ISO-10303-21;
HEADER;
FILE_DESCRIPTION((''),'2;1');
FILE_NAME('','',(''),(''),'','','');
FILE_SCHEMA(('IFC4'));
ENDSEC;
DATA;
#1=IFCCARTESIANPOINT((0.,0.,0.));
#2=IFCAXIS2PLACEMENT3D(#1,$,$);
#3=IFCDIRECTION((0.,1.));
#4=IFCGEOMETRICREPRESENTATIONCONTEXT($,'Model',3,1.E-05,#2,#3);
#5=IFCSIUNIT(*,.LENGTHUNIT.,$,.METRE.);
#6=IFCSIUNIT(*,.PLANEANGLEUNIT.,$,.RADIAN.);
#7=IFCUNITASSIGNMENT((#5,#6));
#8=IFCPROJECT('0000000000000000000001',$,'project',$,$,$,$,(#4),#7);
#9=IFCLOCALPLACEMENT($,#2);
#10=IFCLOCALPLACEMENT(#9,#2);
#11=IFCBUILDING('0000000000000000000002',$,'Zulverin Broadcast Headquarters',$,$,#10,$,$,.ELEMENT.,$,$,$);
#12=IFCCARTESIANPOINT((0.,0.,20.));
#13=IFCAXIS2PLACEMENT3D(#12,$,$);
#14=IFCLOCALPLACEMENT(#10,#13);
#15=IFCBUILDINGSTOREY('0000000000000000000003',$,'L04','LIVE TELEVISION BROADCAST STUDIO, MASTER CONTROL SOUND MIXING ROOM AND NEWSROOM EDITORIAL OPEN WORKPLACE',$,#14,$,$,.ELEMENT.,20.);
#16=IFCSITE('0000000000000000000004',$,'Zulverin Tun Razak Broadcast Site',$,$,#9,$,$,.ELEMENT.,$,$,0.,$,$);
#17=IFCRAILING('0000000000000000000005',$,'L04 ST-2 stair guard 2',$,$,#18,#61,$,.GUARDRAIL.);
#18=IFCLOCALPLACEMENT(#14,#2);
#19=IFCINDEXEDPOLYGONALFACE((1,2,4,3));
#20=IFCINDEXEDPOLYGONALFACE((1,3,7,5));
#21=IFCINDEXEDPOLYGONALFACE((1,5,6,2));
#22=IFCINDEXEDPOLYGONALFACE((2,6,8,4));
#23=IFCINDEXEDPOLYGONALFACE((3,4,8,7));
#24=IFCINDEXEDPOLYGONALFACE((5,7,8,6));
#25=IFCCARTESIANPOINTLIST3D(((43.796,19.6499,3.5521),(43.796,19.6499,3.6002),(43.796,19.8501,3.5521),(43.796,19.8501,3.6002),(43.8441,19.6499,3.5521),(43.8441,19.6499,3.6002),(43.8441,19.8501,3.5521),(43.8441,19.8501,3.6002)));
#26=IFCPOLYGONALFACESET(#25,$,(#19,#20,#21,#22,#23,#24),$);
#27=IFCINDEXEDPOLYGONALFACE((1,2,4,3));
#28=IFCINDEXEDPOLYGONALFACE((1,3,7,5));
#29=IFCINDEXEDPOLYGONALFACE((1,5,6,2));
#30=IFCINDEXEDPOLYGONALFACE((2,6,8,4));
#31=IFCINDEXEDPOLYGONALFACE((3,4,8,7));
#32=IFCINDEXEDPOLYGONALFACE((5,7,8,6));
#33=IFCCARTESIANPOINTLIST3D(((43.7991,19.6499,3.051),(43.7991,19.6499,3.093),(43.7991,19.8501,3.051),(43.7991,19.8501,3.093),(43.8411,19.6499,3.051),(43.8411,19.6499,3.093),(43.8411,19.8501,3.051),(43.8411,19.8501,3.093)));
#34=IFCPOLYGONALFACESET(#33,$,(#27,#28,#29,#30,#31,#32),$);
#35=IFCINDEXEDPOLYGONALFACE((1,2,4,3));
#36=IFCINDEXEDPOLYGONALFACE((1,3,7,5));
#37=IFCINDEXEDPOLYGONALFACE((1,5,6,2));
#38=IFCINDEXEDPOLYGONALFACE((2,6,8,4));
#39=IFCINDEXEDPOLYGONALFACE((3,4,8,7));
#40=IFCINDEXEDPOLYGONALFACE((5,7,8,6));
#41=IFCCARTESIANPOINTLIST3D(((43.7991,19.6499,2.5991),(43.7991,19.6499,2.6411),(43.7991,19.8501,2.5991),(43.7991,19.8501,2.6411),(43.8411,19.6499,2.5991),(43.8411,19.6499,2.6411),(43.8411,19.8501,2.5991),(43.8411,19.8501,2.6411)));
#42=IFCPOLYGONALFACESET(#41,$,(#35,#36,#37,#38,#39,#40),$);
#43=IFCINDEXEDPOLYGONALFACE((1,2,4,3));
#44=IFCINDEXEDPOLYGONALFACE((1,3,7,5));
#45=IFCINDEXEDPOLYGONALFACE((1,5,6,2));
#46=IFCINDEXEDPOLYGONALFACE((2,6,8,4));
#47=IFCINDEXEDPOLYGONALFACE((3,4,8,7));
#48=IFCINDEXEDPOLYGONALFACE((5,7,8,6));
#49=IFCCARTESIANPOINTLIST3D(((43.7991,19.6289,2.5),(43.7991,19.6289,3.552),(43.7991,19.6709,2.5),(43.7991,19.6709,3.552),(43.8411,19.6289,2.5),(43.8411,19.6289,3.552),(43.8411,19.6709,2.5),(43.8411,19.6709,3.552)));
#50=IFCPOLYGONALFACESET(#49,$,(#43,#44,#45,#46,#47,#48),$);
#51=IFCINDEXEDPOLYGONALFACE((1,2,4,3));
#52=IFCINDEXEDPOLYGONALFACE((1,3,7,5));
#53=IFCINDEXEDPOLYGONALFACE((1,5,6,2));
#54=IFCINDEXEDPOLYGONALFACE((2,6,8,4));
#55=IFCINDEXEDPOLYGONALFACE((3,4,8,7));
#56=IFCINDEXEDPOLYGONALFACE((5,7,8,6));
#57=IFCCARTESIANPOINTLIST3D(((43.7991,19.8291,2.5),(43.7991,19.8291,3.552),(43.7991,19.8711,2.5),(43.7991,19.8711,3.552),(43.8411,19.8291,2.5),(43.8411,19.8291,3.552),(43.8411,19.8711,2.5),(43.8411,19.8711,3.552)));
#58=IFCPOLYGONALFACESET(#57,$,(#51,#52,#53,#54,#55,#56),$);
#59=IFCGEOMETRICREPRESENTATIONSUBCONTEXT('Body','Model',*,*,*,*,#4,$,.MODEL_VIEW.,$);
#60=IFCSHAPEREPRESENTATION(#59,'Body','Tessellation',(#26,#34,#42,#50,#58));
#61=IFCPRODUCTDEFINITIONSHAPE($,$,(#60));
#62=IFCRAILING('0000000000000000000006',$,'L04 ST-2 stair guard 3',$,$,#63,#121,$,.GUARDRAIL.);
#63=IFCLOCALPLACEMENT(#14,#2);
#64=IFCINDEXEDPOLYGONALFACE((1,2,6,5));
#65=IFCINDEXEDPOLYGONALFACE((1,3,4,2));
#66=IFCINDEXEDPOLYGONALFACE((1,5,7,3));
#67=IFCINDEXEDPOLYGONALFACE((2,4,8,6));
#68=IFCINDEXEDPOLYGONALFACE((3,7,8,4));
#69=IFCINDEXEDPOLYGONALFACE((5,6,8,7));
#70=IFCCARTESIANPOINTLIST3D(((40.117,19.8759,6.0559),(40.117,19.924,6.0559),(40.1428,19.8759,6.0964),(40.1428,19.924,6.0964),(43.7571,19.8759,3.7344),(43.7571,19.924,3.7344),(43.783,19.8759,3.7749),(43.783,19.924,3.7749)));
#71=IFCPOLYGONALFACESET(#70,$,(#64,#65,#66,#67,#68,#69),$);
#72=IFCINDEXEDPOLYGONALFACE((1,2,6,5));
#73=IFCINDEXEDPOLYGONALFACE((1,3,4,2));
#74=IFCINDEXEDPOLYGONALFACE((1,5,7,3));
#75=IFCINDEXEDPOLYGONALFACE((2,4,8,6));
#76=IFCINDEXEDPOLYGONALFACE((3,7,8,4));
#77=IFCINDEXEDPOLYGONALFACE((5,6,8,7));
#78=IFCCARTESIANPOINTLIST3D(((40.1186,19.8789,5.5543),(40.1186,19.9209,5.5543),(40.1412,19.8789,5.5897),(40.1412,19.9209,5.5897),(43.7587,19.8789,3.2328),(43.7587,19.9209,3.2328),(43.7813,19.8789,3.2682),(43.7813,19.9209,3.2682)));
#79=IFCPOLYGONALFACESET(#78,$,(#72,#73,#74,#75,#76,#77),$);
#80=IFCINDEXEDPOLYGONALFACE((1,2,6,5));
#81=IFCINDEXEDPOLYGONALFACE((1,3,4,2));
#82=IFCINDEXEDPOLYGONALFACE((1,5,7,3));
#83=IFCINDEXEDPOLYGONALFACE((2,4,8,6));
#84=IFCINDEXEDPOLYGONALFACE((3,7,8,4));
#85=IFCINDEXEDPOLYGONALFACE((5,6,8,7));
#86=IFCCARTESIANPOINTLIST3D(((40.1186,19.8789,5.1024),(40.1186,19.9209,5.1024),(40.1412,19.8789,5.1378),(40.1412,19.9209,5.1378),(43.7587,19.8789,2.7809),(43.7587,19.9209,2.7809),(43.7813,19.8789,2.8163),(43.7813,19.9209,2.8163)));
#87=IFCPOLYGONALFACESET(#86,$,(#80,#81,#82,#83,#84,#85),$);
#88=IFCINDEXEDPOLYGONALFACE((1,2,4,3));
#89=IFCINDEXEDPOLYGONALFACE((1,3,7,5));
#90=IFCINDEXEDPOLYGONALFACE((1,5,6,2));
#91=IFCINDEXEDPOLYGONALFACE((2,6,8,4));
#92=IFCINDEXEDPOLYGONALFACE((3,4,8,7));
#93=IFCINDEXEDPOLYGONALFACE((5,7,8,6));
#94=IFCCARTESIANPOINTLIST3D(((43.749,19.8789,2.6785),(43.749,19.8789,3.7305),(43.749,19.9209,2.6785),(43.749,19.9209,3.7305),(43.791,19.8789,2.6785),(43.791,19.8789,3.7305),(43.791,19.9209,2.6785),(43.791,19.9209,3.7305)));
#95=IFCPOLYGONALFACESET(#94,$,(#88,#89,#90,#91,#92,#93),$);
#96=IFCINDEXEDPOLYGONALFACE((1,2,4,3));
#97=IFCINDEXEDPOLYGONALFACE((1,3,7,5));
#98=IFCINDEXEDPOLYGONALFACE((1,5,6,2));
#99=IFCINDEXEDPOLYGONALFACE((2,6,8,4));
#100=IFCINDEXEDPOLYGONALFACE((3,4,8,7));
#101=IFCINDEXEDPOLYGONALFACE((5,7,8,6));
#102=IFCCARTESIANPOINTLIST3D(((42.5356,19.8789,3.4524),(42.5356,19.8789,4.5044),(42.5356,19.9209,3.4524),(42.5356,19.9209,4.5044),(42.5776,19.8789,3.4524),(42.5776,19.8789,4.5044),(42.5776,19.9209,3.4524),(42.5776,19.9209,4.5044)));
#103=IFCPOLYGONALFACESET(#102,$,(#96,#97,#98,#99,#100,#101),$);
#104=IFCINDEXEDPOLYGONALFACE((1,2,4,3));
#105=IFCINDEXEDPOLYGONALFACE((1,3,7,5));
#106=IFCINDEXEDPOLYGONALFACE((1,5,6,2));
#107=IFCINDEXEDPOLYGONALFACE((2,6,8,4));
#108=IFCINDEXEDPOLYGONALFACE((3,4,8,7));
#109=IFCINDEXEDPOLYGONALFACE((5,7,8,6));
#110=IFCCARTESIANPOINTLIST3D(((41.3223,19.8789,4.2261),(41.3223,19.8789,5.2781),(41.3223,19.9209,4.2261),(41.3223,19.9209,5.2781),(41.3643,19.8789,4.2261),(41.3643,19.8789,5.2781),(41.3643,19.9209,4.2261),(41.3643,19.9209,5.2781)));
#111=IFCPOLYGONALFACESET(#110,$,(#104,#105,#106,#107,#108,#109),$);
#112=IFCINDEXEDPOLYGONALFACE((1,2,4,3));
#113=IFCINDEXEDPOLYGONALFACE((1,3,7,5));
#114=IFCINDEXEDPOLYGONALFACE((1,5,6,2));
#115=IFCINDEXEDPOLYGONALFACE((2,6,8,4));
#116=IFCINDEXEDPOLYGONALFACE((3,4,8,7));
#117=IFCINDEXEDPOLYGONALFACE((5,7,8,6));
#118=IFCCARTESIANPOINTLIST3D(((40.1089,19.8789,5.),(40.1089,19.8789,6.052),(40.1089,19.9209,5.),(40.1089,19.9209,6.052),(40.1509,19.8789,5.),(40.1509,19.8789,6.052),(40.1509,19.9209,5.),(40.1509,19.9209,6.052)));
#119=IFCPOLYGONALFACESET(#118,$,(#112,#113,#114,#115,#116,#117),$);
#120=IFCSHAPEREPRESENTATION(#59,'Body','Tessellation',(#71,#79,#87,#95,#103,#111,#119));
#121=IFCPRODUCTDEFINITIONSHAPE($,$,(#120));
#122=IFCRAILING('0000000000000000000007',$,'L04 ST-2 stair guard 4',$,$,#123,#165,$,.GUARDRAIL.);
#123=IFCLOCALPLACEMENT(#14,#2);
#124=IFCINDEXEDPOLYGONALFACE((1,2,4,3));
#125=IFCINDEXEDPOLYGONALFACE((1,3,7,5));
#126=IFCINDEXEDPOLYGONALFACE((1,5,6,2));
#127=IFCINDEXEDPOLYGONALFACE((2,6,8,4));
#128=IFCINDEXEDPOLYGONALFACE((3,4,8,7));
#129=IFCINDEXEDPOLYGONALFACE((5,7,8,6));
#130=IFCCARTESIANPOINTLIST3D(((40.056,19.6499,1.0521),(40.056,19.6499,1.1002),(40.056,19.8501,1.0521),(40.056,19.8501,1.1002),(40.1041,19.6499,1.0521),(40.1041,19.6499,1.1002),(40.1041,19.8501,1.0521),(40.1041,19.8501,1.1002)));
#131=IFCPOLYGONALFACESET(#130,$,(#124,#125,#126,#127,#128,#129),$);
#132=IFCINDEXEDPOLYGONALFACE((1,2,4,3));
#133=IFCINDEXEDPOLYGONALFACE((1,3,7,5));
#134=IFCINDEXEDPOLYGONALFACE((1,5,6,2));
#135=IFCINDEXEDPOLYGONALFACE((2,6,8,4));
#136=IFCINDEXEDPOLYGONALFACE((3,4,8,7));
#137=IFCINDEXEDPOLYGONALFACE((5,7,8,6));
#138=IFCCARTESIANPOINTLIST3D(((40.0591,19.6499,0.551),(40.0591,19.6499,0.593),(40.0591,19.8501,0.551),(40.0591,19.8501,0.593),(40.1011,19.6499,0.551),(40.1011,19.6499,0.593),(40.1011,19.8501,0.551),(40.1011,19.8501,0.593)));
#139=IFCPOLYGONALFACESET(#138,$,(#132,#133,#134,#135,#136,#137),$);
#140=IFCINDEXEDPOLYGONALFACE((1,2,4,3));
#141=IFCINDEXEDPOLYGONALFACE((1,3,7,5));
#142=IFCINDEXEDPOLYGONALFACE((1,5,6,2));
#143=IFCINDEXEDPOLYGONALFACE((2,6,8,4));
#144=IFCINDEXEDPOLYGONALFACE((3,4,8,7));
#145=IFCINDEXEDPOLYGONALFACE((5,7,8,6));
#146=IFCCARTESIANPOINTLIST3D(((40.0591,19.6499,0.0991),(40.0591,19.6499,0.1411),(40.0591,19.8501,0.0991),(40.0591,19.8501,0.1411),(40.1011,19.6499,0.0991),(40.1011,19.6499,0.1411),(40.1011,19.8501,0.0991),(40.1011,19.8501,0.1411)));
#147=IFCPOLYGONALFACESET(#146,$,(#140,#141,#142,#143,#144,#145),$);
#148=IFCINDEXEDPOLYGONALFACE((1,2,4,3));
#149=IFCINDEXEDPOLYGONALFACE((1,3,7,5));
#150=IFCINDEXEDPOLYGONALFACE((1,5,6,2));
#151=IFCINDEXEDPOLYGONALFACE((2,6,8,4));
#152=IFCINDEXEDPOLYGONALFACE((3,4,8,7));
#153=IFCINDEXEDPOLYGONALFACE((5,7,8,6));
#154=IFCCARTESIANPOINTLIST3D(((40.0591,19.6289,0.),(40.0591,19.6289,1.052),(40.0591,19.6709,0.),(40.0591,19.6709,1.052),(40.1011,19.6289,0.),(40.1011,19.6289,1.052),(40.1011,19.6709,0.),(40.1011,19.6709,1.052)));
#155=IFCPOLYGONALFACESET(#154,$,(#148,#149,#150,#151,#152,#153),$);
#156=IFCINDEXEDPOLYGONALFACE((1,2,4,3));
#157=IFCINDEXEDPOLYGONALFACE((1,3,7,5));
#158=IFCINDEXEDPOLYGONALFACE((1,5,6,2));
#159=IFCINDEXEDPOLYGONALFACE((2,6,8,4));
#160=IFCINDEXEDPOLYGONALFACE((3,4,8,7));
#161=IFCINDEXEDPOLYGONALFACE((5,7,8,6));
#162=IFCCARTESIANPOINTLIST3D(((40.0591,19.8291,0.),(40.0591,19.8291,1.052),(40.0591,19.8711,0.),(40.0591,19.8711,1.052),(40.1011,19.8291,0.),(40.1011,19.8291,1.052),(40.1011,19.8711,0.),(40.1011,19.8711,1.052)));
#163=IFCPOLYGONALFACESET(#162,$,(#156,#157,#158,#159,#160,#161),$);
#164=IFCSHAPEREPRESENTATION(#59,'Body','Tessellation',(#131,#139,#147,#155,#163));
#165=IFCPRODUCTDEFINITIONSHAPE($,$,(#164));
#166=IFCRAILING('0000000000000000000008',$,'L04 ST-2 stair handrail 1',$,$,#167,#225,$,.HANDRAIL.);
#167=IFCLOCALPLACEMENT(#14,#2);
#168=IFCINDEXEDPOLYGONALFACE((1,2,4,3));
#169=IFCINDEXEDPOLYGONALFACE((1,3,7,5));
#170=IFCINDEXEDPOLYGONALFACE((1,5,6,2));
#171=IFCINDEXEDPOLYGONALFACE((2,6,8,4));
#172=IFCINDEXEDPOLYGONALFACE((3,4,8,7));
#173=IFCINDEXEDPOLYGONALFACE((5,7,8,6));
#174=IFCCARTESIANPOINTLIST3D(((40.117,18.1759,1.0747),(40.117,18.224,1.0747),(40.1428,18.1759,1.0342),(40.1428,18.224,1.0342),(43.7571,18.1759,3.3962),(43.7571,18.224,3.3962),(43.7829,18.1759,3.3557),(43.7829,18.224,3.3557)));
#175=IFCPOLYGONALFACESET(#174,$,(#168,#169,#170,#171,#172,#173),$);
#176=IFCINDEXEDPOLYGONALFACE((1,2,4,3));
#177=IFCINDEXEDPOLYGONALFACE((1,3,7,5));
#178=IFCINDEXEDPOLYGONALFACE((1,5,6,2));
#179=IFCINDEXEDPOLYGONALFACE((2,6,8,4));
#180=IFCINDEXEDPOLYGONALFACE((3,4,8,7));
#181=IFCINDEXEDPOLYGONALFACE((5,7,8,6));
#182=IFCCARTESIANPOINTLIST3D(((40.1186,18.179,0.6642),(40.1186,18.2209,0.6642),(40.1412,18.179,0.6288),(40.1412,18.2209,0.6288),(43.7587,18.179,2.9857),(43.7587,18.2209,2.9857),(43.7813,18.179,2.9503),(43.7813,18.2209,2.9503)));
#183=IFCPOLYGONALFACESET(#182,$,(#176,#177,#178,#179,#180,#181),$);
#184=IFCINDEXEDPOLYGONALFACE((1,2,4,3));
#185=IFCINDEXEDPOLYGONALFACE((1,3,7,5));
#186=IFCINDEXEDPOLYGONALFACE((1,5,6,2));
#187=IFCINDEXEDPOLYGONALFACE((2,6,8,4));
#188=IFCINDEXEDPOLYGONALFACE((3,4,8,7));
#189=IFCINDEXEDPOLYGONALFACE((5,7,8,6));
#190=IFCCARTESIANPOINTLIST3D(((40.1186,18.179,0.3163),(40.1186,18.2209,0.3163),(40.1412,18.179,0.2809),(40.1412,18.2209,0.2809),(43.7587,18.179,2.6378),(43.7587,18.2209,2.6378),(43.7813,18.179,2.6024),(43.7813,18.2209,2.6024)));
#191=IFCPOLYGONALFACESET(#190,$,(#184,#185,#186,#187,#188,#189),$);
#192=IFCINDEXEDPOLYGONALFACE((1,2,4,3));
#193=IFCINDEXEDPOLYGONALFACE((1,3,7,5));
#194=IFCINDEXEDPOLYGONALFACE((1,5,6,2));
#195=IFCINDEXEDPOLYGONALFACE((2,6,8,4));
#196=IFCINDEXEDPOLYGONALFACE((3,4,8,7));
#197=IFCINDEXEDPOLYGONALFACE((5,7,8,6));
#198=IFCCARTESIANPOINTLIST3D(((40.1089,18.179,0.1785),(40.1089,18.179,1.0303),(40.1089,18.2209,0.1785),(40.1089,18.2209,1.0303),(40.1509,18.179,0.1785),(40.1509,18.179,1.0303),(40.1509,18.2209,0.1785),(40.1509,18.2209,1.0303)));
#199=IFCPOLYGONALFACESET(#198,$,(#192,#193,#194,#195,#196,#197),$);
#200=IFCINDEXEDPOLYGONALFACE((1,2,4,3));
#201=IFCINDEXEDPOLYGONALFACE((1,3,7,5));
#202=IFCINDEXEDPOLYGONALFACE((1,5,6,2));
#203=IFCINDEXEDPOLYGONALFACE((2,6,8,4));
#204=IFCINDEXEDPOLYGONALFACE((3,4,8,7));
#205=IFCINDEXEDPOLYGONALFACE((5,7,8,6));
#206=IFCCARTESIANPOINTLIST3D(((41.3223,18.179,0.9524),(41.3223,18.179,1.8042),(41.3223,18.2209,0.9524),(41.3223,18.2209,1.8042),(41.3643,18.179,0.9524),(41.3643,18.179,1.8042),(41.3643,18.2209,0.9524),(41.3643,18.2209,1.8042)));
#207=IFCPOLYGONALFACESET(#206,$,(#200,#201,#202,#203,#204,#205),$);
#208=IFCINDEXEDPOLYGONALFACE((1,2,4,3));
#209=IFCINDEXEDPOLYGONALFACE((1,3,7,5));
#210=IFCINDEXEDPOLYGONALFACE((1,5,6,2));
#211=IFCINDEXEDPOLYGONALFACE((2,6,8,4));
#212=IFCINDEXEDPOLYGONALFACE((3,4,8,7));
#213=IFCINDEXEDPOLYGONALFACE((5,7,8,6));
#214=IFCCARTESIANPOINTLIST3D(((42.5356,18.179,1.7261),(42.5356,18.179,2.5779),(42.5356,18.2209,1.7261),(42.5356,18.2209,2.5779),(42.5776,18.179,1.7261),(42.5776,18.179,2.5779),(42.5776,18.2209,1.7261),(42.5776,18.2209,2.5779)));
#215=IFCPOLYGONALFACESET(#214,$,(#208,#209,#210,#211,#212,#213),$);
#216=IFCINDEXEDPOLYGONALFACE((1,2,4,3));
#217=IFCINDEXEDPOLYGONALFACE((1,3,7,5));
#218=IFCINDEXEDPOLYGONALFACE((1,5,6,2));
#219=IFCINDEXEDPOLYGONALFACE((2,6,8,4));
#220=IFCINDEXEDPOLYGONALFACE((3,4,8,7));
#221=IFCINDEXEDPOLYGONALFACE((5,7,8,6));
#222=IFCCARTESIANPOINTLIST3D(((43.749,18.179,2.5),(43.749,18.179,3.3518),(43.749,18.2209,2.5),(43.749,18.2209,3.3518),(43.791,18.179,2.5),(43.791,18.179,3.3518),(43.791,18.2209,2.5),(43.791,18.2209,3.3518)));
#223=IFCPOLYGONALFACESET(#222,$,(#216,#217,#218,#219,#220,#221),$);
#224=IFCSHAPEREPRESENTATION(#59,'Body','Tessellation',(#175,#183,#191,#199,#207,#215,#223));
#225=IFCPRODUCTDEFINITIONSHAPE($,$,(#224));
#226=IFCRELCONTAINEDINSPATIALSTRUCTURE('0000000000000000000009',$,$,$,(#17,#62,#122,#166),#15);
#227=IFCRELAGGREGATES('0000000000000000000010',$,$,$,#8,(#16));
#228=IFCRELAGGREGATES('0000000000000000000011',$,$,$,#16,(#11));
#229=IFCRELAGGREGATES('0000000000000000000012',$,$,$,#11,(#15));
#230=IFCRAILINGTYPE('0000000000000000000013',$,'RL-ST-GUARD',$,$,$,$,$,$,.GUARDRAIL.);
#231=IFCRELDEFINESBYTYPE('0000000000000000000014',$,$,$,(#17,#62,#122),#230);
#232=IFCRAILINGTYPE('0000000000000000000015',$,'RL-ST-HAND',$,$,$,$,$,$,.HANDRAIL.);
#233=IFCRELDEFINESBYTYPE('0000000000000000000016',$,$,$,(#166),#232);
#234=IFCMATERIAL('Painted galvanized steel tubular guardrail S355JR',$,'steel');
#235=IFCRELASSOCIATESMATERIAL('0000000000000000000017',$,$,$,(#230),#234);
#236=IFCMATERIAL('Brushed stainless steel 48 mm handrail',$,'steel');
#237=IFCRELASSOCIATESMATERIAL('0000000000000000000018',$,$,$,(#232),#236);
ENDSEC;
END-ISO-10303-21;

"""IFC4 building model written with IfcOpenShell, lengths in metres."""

from ifc_helpers import new_model, si_unit, direction, frame, origin, origin_2d, place, context, subcontext, project, spatial, rectangle, extrude, material, type_object, element, save


model = new_model("IFC4")

# Units and contexts
model_context = context("Model", 3, precision=1e-05, world=origin(), true_north=direction((0.0, 1.0)))
body_context = subcontext(model_context, "Body", "Model", "MODEL_VIEW")
ifc_project = project(units=[si_unit("LENGTHUNIT", "METRE"), si_unit("PLANEANGLEUNIT", "RADIAN")], contexts=[model_context])

# Site, building, storey
site_placement = place(None, origin())
site = spatial("IfcSite", under=ifc_project, at=site_placement, Name="Zulverin Tun Razak Broadcast Site", CompositionType="ELEMENT", RefElevation=0.0)
building_placement = place(site_placement, origin())
building = spatial("IfcBuilding", under=site, at=building_placement, Name="Zulverin Broadcast Headquarters", CompositionType="ELEMENT")
storey_placement = place(building_placement, frame((0.0, 0.0, 20.0)))
storey = spatial("IfcBuildingStorey", under=building, at=storey_placement, Name="L04", Description="LIVE TELEVISION BROADCAST STUDIO, MASTER CONTROL SOUND MIXING ROOM AND NEWSROOM EDITORIAL OPEN WORKPLACE", CompositionType="ELEMENT", Elevation=20.0)

# Railings
ifc_material_1 = material(Name="Painted galvanized steel tubular guardrail S355JR", Category="steel")
railing_type_1 = type_object("IfcRailingType", Name="RL-ST-GUARD", PredefinedType="GUARDRAIL", material=ifc_material_1)
railing_1_placement = place(storey_placement, frame((43.8201, 19.6499, 2.5)))
element("IfcRailing", 1, at=railing_1_placement, inside=storey, type_object=railing_type_1, Name="L04 ST-2 stair guard 2", PredefinedType="GUARDRAIL", context=body_context, shape_type="SweptSolid", body=[
    extrude(rectangle(XDim=0.0481, YDim=0.0481, at=origin_2d()), frame((0.0, 0.0, 1.0762), z_axis=(0.0, 1.0, 0.0), x_axis=(-1.0, 0.0, 0.0)), (0.0, 0.0, 1.0), 0.2002),
    extrude(rectangle(XDim=0.042, YDim=0.042, at=origin_2d()), frame((0.0, 0.0, 0.572), z_axis=(0.0, 1.0, 0.0), x_axis=(-1.0, 0.0, 0.0)), (0.0, 0.0, 1.0), 0.2002),
    extrude(rectangle(XDim=0.042, YDim=0.042, at=origin_2d()), frame((0.0, 0.0, 0.1201), z_axis=(0.0, 1.0, 0.0), x_axis=(-1.0, 0.0, 0.0)), (0.0, 0.0, 1.0), 0.2002),
    extrude(rectangle(XDim=0.042, YDim=0.042, at=origin_2d()), origin(), (0.0, 0.0, 1.0), 1.052),
    extrude(rectangle(XDim=0.042, YDim=0.042, at=origin_2d()), frame((0.0, 0.2002, 0.0)), (0.0, 0.0, 1.0), 1.052),
])
railing_2_placement = place(storey_placement, frame((43.77, 19.8999, 2.6785)))
element("IfcRailing", 2, at=railing_2_placement, inside=storey, type_object=railing_type_1, Name="L04 ST-2 stair guard 3", PredefinedType="GUARDRAIL", context=body_context, shape_type="SweptSolid", body=[
    extrude(rectangle(XDim=0.0481, YDim=0.0481, at=origin_2d()), frame((0.0, 0.0, 1.0762), z_axis=(-0.843128, 0.0, 0.537713), x_axis=(0.0, -1.0, 0.0)), (0.0, 0.0, 1.0), 4.3174),
    extrude(rectangle(XDim=0.042, YDim=0.042, at=origin_2d()), frame((0.0, 0.0, 0.572), z_axis=(-0.843128, 0.0, 0.537713), x_axis=(0.0, -1.0, 0.0)), (0.0, 0.0, 1.0), 4.3174),
    extrude(rectangle(XDim=0.042, YDim=0.042, at=origin_2d()), frame((0.0, 0.0, 0.1201), z_axis=(-0.843128, 0.0, 0.537713), x_axis=(0.0, -1.0, 0.0)), (0.0, 0.0, 1.0), 4.3174),
    extrude(rectangle(XDim=0.042, YDim=0.042, at=origin_2d()), origin(), (0.0, 0.0, 1.0), 1.052),
    extrude(rectangle(XDim=0.042, YDim=0.042, at=origin_2d()), frame((-1.2134, 0.0, 0.7739)), (0.0, 0.0, 1.0), 1.052),
    extrude(rectangle(XDim=0.042, YDim=0.042, at=origin_2d()), frame((-2.4268, 0.0, 1.5476)), (0.0, 0.0, 1.0), 1.052),
    extrude(rectangle(XDim=0.042, YDim=0.042, at=origin_2d()), frame((-3.6401, 0.0, 2.3215)), (0.0, 0.0, 1.0), 1.052),
])
railing_3_placement = place(storey_placement, frame((40.0801, 19.6499, 0.0)))
element("IfcRailing", 3, at=railing_3_placement, inside=storey, type_object=railing_type_1, Name="L04 ST-2 stair guard 4", PredefinedType="GUARDRAIL", context=body_context, shape_type="SweptSolid", body=[
    extrude(rectangle(XDim=0.0481, YDim=0.0481, at=origin_2d()), frame((0.0, 0.0, 1.0762), z_axis=(0.0, 1.0, 0.0), x_axis=(-1.0, 0.0, 0.0)), (0.0, 0.0, 1.0), 0.2002),
    extrude(rectangle(XDim=0.042, YDim=0.042, at=origin_2d()), frame((0.0, 0.0, 0.572), z_axis=(0.0, 1.0, 0.0), x_axis=(-1.0, 0.0, 0.0)), (0.0, 0.0, 1.0), 0.2002),
    extrude(rectangle(XDim=0.042, YDim=0.042, at=origin_2d()), frame((0.0, 0.0, 0.1201), z_axis=(0.0, 1.0, 0.0), x_axis=(-1.0, 0.0, 0.0)), (0.0, 0.0, 1.0), 0.2002),
    extrude(rectangle(XDim=0.042, YDim=0.042, at=origin_2d()), origin(), (0.0, 0.0, 1.0), 1.052),
    extrude(rectangle(XDim=0.042, YDim=0.042, at=origin_2d()), frame((0.0, 0.2002, 0.0)), (0.0, 0.0, 1.0), 1.052),
])
ifc_material_2 = material(Name="Brushed stainless steel 48 mm handrail", Category="steel")
railing_type_2 = type_object("IfcRailingType", Name="RL-ST-HAND", PredefinedType="HANDRAIL", material=ifc_material_2)
railing_4_placement = place(storey_placement, frame((40.1299, 18.2, 0.1785)))
element("IfcRailing", 4, at=railing_4_placement, inside=storey, type_object=railing_type_2, Name="L04 ST-2 stair handrail 1", PredefinedType="HANDRAIL", context=body_context, shape_type="SweptSolid", body=[
    extrude(rectangle(XDim=0.0481, YDim=0.0481, at=origin_2d()), frame((0.0, 0.0, 0.876), z_axis=(0.843128, 0.0, 0.537713), x_axis=(0.0, 1.0, 0.0)), (0.0, 0.0, 1.0), 4.3174),
    extrude(rectangle(XDim=0.042, YDim=0.042, at=origin_2d()), frame((0.0, 0.0, 0.468), z_axis=(0.843128, 0.0, 0.537713), x_axis=(0.0, 1.0, 0.0)), (0.0, 0.0, 1.0), 4.3174),
    extrude(rectangle(XDim=0.042, YDim=0.042, at=origin_2d()), frame((0.0, 0.0, 0.1201), z_axis=(0.843128, 0.0, 0.537713), x_axis=(0.0, 1.0, 0.0)), (0.0, 0.0, 1.0), 4.3174),
    extrude(rectangle(XDim=0.042, YDim=0.042, at=origin_2d()), origin(), (0.0, 0.0, 1.0), 0.8518),
    extrude(rectangle(XDim=0.042, YDim=0.042, at=origin_2d()), frame((1.2134, 0.0, 0.7739)), (0.0, 0.0, 1.0), 0.8518),
    extrude(rectangle(XDim=0.042, YDim=0.042, at=origin_2d()), frame((2.4268, 0.0, 1.5476)), (0.0, 0.0, 1.0), 0.8518),
    extrude(rectangle(XDim=0.042, YDim=0.042, at=origin_2d()), frame((3.6401, 0.0, 2.3215)), (0.0, 0.0, 1.0), 0.8518),
])

save(model, "model.ifc")
